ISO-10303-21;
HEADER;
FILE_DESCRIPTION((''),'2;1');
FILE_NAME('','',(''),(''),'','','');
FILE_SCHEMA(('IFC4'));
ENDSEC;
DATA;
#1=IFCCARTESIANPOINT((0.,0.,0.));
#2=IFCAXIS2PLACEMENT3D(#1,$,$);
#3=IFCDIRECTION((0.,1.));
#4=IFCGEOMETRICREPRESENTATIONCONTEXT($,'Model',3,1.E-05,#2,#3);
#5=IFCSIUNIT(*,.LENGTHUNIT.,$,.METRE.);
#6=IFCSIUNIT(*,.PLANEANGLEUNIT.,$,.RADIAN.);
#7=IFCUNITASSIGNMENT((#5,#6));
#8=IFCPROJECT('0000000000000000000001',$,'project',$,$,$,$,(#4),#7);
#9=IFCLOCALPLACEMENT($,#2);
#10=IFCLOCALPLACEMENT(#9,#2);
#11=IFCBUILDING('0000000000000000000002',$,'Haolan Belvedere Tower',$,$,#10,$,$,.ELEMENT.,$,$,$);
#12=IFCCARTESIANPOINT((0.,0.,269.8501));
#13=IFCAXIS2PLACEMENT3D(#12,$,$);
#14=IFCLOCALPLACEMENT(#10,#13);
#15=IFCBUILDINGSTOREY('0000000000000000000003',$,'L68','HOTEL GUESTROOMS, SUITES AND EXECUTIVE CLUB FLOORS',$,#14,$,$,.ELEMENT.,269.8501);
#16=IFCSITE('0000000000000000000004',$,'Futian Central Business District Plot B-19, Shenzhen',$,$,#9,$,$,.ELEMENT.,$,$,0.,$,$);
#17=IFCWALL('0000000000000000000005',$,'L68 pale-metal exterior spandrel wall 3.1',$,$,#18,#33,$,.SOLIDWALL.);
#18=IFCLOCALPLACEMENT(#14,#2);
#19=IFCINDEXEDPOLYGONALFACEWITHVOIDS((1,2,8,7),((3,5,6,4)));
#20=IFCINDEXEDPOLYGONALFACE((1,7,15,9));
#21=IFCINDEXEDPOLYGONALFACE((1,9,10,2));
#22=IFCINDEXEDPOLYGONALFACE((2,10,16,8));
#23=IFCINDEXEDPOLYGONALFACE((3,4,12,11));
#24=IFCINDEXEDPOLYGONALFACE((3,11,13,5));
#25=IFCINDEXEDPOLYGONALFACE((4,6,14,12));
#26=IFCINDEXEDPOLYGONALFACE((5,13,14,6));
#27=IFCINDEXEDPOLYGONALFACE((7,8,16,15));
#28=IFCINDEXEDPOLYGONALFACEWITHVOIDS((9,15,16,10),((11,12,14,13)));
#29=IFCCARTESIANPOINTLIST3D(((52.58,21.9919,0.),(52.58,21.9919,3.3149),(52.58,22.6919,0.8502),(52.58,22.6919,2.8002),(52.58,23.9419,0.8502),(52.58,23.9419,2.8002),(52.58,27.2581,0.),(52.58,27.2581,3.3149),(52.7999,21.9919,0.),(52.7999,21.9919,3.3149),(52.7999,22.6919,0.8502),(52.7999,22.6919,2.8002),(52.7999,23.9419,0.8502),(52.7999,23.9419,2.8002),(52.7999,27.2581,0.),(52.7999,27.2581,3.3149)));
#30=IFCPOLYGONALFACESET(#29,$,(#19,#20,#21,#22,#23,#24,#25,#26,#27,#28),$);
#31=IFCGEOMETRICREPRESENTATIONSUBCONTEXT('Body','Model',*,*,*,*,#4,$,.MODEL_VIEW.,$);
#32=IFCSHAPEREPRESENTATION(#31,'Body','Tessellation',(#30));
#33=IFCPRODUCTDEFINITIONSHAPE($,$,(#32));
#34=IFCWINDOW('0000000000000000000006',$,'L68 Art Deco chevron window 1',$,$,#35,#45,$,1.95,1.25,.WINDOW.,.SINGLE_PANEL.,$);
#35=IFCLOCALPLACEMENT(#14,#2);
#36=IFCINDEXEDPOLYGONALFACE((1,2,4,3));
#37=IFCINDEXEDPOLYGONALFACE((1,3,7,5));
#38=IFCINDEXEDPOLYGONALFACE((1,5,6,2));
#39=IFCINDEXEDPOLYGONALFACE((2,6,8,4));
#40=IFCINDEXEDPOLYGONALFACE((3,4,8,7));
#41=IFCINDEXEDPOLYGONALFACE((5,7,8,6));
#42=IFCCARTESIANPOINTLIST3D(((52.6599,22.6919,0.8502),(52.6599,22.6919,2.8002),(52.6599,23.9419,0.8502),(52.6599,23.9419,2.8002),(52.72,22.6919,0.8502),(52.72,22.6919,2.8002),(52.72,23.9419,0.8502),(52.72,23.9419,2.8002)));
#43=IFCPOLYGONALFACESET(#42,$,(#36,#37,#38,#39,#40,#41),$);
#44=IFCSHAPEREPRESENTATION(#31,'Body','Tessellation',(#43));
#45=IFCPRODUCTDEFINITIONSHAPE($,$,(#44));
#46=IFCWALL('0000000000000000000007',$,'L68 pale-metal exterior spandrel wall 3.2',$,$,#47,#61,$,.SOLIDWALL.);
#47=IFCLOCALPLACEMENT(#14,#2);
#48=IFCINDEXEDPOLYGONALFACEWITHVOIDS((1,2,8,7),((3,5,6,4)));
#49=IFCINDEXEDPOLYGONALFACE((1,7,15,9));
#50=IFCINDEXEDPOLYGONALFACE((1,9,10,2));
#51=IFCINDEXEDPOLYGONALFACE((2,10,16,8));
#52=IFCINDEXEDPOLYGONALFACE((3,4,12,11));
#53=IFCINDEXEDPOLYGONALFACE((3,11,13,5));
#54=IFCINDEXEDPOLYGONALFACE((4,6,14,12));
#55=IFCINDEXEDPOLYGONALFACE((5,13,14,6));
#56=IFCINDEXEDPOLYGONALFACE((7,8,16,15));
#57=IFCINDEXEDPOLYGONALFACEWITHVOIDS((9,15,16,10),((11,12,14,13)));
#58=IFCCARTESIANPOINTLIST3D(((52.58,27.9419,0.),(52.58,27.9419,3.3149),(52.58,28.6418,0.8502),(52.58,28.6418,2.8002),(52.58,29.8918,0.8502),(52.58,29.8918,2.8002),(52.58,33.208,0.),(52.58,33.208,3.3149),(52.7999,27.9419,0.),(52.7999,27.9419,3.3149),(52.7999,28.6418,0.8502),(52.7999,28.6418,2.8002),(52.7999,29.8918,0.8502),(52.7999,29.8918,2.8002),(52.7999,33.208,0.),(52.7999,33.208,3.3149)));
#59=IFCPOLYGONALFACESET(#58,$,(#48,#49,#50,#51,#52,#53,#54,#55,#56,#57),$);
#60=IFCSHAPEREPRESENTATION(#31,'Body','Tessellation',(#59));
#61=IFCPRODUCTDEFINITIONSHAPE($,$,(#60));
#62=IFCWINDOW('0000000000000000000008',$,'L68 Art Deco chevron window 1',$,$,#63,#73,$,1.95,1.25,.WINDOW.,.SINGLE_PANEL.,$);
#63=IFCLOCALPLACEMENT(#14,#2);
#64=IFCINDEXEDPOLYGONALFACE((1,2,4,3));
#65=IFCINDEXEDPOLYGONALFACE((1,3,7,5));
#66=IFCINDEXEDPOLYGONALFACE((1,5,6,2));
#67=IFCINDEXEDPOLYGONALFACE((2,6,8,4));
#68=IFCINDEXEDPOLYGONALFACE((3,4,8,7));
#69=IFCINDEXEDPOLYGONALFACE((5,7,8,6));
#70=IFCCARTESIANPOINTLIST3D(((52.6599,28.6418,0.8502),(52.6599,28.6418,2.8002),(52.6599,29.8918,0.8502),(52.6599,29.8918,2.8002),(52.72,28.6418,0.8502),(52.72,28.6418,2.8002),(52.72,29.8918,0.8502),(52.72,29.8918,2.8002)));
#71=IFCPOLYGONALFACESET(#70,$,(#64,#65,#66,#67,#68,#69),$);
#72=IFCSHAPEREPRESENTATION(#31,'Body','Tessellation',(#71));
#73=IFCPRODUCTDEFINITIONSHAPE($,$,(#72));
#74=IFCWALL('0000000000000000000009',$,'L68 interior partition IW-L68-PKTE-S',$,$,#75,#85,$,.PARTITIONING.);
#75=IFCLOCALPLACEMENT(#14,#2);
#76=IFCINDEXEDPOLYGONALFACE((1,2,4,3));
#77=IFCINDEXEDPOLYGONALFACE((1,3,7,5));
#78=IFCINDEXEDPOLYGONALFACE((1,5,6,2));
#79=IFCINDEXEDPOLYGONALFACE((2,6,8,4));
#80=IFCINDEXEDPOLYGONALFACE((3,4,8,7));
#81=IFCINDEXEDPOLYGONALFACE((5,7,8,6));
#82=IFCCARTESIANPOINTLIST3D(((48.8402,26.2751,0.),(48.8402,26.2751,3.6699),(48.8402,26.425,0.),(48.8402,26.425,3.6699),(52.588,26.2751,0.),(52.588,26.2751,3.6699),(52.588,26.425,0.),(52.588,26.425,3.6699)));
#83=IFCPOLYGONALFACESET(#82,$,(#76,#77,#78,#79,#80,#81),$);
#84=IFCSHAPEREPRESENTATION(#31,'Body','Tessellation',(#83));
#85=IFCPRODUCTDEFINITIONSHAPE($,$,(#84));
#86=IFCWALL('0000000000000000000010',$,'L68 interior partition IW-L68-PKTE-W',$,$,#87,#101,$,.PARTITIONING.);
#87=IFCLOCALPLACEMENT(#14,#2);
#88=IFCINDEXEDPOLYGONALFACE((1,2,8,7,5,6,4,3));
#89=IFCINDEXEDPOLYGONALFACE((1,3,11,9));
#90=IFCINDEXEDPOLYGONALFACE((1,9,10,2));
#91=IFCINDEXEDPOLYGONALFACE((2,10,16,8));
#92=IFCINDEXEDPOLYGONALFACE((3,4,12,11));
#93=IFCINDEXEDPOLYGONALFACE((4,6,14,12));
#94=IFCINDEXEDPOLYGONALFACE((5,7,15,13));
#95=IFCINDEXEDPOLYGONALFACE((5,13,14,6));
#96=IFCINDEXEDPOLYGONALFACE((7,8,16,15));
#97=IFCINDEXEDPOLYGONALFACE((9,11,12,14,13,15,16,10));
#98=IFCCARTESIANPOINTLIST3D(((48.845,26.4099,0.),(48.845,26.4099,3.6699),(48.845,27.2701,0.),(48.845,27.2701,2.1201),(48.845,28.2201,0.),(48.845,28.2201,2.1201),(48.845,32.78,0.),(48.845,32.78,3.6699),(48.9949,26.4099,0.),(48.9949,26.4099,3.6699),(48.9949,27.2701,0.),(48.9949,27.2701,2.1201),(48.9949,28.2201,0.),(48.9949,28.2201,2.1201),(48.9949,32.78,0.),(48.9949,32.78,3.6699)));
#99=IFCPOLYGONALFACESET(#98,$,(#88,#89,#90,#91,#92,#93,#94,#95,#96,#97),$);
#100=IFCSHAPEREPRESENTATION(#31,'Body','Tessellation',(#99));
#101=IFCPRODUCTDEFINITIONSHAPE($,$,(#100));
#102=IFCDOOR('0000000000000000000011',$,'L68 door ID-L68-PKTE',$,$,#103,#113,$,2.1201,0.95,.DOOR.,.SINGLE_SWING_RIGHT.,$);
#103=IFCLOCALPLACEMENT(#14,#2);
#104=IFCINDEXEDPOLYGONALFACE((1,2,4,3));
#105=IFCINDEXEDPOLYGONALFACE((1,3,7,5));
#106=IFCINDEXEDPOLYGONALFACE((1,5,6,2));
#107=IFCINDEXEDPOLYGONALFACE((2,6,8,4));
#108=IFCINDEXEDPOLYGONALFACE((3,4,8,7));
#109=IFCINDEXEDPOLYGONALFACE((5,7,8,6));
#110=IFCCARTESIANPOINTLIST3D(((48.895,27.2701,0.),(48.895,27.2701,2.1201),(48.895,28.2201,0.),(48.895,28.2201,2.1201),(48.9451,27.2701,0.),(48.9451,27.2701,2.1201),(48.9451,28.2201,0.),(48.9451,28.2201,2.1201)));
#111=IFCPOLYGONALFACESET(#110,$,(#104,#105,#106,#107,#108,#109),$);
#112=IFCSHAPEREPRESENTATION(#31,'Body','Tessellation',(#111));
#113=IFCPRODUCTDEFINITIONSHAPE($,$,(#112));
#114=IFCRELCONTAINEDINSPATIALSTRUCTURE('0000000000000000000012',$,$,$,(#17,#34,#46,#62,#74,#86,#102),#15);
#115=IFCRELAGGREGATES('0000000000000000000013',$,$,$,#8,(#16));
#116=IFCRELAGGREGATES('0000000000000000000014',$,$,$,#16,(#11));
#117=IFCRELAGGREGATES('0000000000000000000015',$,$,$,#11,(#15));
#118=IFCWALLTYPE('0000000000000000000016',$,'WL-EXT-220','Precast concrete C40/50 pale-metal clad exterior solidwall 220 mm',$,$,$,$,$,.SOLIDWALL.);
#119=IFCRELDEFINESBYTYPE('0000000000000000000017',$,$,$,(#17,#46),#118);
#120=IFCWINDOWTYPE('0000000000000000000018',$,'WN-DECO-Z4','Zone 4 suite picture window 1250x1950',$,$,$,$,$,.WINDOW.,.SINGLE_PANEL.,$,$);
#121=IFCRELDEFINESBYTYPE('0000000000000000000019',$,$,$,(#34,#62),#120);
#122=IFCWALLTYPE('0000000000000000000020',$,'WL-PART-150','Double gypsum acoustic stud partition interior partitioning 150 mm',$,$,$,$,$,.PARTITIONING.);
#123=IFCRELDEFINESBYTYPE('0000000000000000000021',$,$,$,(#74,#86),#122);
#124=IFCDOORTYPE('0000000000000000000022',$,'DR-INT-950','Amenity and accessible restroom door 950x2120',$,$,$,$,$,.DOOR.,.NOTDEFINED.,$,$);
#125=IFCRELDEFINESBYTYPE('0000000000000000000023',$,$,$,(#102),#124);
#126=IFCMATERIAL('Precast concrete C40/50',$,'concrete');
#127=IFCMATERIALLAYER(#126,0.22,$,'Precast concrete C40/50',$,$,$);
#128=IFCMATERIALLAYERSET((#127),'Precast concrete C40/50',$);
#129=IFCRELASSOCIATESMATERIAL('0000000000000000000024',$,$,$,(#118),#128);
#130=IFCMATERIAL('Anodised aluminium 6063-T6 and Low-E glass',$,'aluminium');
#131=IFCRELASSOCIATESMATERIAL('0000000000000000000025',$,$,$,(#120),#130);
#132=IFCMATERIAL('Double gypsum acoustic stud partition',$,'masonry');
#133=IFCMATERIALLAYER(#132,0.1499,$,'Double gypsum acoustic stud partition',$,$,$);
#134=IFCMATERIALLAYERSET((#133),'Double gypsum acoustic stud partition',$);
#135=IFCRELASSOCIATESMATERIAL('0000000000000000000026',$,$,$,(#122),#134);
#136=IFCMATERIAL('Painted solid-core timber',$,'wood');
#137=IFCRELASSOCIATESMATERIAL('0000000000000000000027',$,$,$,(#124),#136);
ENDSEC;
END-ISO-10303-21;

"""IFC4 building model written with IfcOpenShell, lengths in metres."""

from ifc_helpers import new_model, si_unit, direction, frame, frame_2d, origin, place, context, subcontext, project, spatial, rectangle, extrude, material, layer, layer_set, type_object, element, fill, save


model = new_model("IFC4")

# Units and contexts
model_context = context("Model", 3, precision=1e-05, world=origin(), true_north=direction((0.0, 1.0)))
body_context = subcontext(model_context, "Body", "Model", "MODEL_VIEW")
ifc_project = project(units=[si_unit("LENGTHUNIT", "METRE"), si_unit("PLANEANGLEUNIT", "RADIAN")], contexts=[model_context])

# Site, building, storey
site_placement = place(None, origin())
site = spatial("IfcSite", under=ifc_project, at=site_placement, Name="Futian Central Business District Plot B-19, Shenzhen", CompositionType="ELEMENT", RefElevation=0.0)
building_placement = place(site_placement, origin())
building = spatial("IfcBuilding", under=site, at=building_placement, Name="Haolan Belvedere Tower", CompositionType="ELEMENT")
storey_placement = place(building_placement, frame((0.0, 0.0, 269.8501)))
storey = spatial("IfcBuildingStorey", under=building, at=storey_placement, Name="L68", Description="HOTEL GUESTROOMS, SUITES AND EXECUTIVE CLUB FLOORS", CompositionType="ELEMENT", Elevation=269.8501)

# Walls, openings, windows
ifc_material_1 = material(Name="Precast concrete C40/50", Category="concrete")
ifc_layer_1 = layer(ifc_material_1, 0.22, Name="Precast concrete C40/50")
ifc_layer_set_1 = layer_set([ifc_layer_1], Name="Precast concrete C40/50")
wall_type_1 = type_object("IfcWallType", Name="WL-EXT-220", Description="Precast concrete C40/50 pale-metal clad exterior solidwall 220 mm", PredefinedType="SOLIDWALL", material=ifc_layer_set_1)
ifc_material_2 = material(Name="Anodised aluminium 6063-T6 and Low-E glass", Category="aluminium")
window_type = type_object("IfcWindowType", Name="WN-DECO-Z4", Description="Zone 4 suite picture window 1250x1950", PartitioningType="SINGLE_PANEL", PredefinedType="WINDOW", material=ifc_material_2)
wall_1_placement = place(storey_placement, frame((52.6899, 21.9919, 0.0), z_axis=(0.0, 0.0, 1.0), x_axis=(0.0, 1.0, 0.0)))
wall_1 = element("IfcWall", 1, at=wall_1_placement, inside=storey, type_object=wall_type_1, Name="L68 pale-metal exterior spandrel wall 3.1", PredefinedType="SOLIDWALL", context=body_context, shape_type="SweptSolid", body=[
    extrude(rectangle(XDim=5.2661, YDim=0.22, at=frame_2d((2.6331, 0.0))), origin(), (0.0, 0.0, 1.0), 3.3149),
])
opening_1_placement = place(wall_1_placement, frame((0.7, 0.0, 0.8501)))
opening_1 = element("IfcOpeningElement", 2, at=opening_1_placement, cuts=wall_1, PredefinedType="OPENING", context=body_context, shape_type="SweptSolid", body=[
    extrude(rectangle(XDim=1.25, YDim=1.95, at=frame_2d((0.625, 0.9751))), frame((0.0, 0.1199, 0.0), z_axis=(0.0, -1.0, 0.0), x_axis=(1.0, 0.0, 0.0)), (0.0, 0.0, 1.0), 0.24),
])
window_1_placement = place(opening_1_placement, origin())
window_1 = element("IfcWindow", 3, at=window_1_placement, inside=storey, type_object=window_type, Name="L68 Art Deco chevron window 1", OverallHeight=1.95, OverallWidth=1.25, PartitioningType="SINGLE_PANEL", PredefinedType="WINDOW", context=body_context, shape_type="SweptSolid", body=[
    extrude(rectangle(XDim=1.25, YDim=1.95, at=frame_2d((0.625, 0.9751))), frame((0.0, 0.03, 0.0), z_axis=(0.0, -1.0, 0.0), x_axis=(1.0, 0.0, 0.0)), (0.0, 0.0, 1.0), 0.0601),
])
fill(opening_1, window_1)
wall_2_placement = place(storey_placement, frame((52.6899, 27.9419, 0.0), z_axis=(0.0, 0.0, 1.0), x_axis=(0.0, 1.0, 0.0)))
wall_2 = element("IfcWall", 4, at=wall_2_placement, inside=storey, type_object=wall_type_1, Name="L68 pale-metal exterior spandrel wall 3.2", PredefinedType="SOLIDWALL", context=body_context, shape_type="SweptSolid", body=[
    extrude(rectangle(XDim=5.2661, YDim=0.22, at=frame_2d((2.6331, 0.0))), origin(), (0.0, 0.0, 1.0), 3.3149),
])
opening_2_placement = place(wall_2_placement, frame((0.7, 0.0, 0.8501)))
opening_2 = element("IfcOpeningElement", 5, at=opening_2_placement, cuts=wall_2, PredefinedType="OPENING", context=body_context, shape_type="SweptSolid", body=[
    extrude(rectangle(XDim=1.25, YDim=1.95, at=frame_2d((0.625, 0.9751))), frame((0.0, 0.1199, 0.0), z_axis=(0.0, -1.0, 0.0), x_axis=(1.0, 0.0, 0.0)), (0.0, 0.0, 1.0), 0.24),
])
window_2_placement = place(opening_2_placement, origin())
window_2 = element("IfcWindow", 6, at=window_2_placement, inside=storey, type_object=window_type, Name="L68 Art Deco chevron window 1", OverallHeight=1.95, OverallWidth=1.25, PartitioningType="SINGLE_PANEL", PredefinedType="WINDOW", context=body_context, shape_type="SweptSolid", body=[
    extrude(rectangle(XDim=1.25, YDim=1.95, at=frame_2d((0.625, 0.9751))), frame((0.0, 0.03, 0.0), z_axis=(0.0, -1.0, 0.0), x_axis=(1.0, 0.0, 0.0)), (0.0, 0.0, 1.0), 0.0601),
])
fill(opening_2, window_2)

# Wall
ifc_material_3 = material(Name="Double gypsum acoustic stud partition", Category="masonry")
ifc_layer_2 = layer(ifc_material_3, 0.1499, Name="Double gypsum acoustic stud partition")
ifc_layer_set_2 = layer_set([ifc_layer_2], Name="Double gypsum acoustic stud partition")
wall_type_2 = type_object("IfcWallType", Name="WL-PART-150", Description="Double gypsum acoustic stud partition interior partitioning 150 mm", PredefinedType="PARTITIONING", material=ifc_layer_set_2)
wall_3_placement = place(storey_placement, frame((48.8401, 26.3501, 0.0), z_axis=(0.0, 0.0, 1.0), x_axis=(1.0, 0.0, 0.0)))
element("IfcWall", 7, at=wall_3_placement, inside=storey, type_object=wall_type_2, Name="L68 interior partition IW-L68-PKTE-S", PredefinedType="PARTITIONING", context=body_context, shape_type="SweptSolid", body=[
    extrude(rectangle(XDim=3.7478, YDim=0.1499, at=frame_2d((1.874, 0.0))), origin(), (0.0, 0.0, 1.0), 3.6699),
])

# Wall, opening, door
wall_4_placement = place(storey_placement, frame((48.9199, 26.4099, 0.0), z_axis=(0.0, 0.0, 1.0), x_axis=(0.0, 1.0, 0.0)))
wall_4 = element("IfcWall", 8, at=wall_4_placement, inside=storey, type_object=wall_type_2, Name="L68 interior partition IW-L68-PKTE-W", PredefinedType="PARTITIONING", context=body_context, shape_type="SweptSolid", body=[
    extrude(rectangle(XDim=6.3701, YDim=0.1499, at=frame_2d((3.1851, 0.0))), origin(), (0.0, 0.0, 1.0), 3.6699),
])
opening_3_placement = place(wall_4_placement, frame((0.8601, 0.0, 0.0)))
opening_3 = element("IfcOpeningElement", 9, at=opening_3_placement, cuts=wall_4, PredefinedType="OPENING", context=body_context, shape_type="SweptSolid", body=[
    extrude(rectangle(XDim=0.95, YDim=2.1201, at=frame_2d((0.4751, 1.0601))), frame((0.0, 0.085, 0.0), z_axis=(0.0, -1.0, 0.0), x_axis=(1.0, 0.0, 0.0)), (0.0, 0.0, 1.0), 0.1699),
])
ifc_material_4 = material(Name="Painted solid-core timber", Category="wood")
door_type = type_object("IfcDoorType", Name="DR-INT-950", Description="Amenity and accessible restroom door 950x2120", OperationType="NOTDEFINED", PredefinedType="DOOR", material=ifc_material_4)
door_placement = place(opening_3_placement, origin())
door = element("IfcDoor", 10, at=door_placement, inside=storey, type_object=door_type, Name="L68 door ID-L68-PKTE", OperationType="SINGLE_SWING_RIGHT", OverallHeight=2.1201, OverallWidth=0.95, PredefinedType="DOOR", context=body_context, shape_type="SweptSolid", body=[
    extrude(rectangle(XDim=0.95, YDim=2.1201, at=frame_2d((0.4751, 1.0601))), frame((0.0, 0.0249, 0.0), z_axis=(0.0, -1.0, 0.0), x_axis=(1.0, 0.0, 0.0)), (0.0, 0.0, 1.0), 0.05),
])
fill(opening_3, door)

save(model, "model.ifc")
